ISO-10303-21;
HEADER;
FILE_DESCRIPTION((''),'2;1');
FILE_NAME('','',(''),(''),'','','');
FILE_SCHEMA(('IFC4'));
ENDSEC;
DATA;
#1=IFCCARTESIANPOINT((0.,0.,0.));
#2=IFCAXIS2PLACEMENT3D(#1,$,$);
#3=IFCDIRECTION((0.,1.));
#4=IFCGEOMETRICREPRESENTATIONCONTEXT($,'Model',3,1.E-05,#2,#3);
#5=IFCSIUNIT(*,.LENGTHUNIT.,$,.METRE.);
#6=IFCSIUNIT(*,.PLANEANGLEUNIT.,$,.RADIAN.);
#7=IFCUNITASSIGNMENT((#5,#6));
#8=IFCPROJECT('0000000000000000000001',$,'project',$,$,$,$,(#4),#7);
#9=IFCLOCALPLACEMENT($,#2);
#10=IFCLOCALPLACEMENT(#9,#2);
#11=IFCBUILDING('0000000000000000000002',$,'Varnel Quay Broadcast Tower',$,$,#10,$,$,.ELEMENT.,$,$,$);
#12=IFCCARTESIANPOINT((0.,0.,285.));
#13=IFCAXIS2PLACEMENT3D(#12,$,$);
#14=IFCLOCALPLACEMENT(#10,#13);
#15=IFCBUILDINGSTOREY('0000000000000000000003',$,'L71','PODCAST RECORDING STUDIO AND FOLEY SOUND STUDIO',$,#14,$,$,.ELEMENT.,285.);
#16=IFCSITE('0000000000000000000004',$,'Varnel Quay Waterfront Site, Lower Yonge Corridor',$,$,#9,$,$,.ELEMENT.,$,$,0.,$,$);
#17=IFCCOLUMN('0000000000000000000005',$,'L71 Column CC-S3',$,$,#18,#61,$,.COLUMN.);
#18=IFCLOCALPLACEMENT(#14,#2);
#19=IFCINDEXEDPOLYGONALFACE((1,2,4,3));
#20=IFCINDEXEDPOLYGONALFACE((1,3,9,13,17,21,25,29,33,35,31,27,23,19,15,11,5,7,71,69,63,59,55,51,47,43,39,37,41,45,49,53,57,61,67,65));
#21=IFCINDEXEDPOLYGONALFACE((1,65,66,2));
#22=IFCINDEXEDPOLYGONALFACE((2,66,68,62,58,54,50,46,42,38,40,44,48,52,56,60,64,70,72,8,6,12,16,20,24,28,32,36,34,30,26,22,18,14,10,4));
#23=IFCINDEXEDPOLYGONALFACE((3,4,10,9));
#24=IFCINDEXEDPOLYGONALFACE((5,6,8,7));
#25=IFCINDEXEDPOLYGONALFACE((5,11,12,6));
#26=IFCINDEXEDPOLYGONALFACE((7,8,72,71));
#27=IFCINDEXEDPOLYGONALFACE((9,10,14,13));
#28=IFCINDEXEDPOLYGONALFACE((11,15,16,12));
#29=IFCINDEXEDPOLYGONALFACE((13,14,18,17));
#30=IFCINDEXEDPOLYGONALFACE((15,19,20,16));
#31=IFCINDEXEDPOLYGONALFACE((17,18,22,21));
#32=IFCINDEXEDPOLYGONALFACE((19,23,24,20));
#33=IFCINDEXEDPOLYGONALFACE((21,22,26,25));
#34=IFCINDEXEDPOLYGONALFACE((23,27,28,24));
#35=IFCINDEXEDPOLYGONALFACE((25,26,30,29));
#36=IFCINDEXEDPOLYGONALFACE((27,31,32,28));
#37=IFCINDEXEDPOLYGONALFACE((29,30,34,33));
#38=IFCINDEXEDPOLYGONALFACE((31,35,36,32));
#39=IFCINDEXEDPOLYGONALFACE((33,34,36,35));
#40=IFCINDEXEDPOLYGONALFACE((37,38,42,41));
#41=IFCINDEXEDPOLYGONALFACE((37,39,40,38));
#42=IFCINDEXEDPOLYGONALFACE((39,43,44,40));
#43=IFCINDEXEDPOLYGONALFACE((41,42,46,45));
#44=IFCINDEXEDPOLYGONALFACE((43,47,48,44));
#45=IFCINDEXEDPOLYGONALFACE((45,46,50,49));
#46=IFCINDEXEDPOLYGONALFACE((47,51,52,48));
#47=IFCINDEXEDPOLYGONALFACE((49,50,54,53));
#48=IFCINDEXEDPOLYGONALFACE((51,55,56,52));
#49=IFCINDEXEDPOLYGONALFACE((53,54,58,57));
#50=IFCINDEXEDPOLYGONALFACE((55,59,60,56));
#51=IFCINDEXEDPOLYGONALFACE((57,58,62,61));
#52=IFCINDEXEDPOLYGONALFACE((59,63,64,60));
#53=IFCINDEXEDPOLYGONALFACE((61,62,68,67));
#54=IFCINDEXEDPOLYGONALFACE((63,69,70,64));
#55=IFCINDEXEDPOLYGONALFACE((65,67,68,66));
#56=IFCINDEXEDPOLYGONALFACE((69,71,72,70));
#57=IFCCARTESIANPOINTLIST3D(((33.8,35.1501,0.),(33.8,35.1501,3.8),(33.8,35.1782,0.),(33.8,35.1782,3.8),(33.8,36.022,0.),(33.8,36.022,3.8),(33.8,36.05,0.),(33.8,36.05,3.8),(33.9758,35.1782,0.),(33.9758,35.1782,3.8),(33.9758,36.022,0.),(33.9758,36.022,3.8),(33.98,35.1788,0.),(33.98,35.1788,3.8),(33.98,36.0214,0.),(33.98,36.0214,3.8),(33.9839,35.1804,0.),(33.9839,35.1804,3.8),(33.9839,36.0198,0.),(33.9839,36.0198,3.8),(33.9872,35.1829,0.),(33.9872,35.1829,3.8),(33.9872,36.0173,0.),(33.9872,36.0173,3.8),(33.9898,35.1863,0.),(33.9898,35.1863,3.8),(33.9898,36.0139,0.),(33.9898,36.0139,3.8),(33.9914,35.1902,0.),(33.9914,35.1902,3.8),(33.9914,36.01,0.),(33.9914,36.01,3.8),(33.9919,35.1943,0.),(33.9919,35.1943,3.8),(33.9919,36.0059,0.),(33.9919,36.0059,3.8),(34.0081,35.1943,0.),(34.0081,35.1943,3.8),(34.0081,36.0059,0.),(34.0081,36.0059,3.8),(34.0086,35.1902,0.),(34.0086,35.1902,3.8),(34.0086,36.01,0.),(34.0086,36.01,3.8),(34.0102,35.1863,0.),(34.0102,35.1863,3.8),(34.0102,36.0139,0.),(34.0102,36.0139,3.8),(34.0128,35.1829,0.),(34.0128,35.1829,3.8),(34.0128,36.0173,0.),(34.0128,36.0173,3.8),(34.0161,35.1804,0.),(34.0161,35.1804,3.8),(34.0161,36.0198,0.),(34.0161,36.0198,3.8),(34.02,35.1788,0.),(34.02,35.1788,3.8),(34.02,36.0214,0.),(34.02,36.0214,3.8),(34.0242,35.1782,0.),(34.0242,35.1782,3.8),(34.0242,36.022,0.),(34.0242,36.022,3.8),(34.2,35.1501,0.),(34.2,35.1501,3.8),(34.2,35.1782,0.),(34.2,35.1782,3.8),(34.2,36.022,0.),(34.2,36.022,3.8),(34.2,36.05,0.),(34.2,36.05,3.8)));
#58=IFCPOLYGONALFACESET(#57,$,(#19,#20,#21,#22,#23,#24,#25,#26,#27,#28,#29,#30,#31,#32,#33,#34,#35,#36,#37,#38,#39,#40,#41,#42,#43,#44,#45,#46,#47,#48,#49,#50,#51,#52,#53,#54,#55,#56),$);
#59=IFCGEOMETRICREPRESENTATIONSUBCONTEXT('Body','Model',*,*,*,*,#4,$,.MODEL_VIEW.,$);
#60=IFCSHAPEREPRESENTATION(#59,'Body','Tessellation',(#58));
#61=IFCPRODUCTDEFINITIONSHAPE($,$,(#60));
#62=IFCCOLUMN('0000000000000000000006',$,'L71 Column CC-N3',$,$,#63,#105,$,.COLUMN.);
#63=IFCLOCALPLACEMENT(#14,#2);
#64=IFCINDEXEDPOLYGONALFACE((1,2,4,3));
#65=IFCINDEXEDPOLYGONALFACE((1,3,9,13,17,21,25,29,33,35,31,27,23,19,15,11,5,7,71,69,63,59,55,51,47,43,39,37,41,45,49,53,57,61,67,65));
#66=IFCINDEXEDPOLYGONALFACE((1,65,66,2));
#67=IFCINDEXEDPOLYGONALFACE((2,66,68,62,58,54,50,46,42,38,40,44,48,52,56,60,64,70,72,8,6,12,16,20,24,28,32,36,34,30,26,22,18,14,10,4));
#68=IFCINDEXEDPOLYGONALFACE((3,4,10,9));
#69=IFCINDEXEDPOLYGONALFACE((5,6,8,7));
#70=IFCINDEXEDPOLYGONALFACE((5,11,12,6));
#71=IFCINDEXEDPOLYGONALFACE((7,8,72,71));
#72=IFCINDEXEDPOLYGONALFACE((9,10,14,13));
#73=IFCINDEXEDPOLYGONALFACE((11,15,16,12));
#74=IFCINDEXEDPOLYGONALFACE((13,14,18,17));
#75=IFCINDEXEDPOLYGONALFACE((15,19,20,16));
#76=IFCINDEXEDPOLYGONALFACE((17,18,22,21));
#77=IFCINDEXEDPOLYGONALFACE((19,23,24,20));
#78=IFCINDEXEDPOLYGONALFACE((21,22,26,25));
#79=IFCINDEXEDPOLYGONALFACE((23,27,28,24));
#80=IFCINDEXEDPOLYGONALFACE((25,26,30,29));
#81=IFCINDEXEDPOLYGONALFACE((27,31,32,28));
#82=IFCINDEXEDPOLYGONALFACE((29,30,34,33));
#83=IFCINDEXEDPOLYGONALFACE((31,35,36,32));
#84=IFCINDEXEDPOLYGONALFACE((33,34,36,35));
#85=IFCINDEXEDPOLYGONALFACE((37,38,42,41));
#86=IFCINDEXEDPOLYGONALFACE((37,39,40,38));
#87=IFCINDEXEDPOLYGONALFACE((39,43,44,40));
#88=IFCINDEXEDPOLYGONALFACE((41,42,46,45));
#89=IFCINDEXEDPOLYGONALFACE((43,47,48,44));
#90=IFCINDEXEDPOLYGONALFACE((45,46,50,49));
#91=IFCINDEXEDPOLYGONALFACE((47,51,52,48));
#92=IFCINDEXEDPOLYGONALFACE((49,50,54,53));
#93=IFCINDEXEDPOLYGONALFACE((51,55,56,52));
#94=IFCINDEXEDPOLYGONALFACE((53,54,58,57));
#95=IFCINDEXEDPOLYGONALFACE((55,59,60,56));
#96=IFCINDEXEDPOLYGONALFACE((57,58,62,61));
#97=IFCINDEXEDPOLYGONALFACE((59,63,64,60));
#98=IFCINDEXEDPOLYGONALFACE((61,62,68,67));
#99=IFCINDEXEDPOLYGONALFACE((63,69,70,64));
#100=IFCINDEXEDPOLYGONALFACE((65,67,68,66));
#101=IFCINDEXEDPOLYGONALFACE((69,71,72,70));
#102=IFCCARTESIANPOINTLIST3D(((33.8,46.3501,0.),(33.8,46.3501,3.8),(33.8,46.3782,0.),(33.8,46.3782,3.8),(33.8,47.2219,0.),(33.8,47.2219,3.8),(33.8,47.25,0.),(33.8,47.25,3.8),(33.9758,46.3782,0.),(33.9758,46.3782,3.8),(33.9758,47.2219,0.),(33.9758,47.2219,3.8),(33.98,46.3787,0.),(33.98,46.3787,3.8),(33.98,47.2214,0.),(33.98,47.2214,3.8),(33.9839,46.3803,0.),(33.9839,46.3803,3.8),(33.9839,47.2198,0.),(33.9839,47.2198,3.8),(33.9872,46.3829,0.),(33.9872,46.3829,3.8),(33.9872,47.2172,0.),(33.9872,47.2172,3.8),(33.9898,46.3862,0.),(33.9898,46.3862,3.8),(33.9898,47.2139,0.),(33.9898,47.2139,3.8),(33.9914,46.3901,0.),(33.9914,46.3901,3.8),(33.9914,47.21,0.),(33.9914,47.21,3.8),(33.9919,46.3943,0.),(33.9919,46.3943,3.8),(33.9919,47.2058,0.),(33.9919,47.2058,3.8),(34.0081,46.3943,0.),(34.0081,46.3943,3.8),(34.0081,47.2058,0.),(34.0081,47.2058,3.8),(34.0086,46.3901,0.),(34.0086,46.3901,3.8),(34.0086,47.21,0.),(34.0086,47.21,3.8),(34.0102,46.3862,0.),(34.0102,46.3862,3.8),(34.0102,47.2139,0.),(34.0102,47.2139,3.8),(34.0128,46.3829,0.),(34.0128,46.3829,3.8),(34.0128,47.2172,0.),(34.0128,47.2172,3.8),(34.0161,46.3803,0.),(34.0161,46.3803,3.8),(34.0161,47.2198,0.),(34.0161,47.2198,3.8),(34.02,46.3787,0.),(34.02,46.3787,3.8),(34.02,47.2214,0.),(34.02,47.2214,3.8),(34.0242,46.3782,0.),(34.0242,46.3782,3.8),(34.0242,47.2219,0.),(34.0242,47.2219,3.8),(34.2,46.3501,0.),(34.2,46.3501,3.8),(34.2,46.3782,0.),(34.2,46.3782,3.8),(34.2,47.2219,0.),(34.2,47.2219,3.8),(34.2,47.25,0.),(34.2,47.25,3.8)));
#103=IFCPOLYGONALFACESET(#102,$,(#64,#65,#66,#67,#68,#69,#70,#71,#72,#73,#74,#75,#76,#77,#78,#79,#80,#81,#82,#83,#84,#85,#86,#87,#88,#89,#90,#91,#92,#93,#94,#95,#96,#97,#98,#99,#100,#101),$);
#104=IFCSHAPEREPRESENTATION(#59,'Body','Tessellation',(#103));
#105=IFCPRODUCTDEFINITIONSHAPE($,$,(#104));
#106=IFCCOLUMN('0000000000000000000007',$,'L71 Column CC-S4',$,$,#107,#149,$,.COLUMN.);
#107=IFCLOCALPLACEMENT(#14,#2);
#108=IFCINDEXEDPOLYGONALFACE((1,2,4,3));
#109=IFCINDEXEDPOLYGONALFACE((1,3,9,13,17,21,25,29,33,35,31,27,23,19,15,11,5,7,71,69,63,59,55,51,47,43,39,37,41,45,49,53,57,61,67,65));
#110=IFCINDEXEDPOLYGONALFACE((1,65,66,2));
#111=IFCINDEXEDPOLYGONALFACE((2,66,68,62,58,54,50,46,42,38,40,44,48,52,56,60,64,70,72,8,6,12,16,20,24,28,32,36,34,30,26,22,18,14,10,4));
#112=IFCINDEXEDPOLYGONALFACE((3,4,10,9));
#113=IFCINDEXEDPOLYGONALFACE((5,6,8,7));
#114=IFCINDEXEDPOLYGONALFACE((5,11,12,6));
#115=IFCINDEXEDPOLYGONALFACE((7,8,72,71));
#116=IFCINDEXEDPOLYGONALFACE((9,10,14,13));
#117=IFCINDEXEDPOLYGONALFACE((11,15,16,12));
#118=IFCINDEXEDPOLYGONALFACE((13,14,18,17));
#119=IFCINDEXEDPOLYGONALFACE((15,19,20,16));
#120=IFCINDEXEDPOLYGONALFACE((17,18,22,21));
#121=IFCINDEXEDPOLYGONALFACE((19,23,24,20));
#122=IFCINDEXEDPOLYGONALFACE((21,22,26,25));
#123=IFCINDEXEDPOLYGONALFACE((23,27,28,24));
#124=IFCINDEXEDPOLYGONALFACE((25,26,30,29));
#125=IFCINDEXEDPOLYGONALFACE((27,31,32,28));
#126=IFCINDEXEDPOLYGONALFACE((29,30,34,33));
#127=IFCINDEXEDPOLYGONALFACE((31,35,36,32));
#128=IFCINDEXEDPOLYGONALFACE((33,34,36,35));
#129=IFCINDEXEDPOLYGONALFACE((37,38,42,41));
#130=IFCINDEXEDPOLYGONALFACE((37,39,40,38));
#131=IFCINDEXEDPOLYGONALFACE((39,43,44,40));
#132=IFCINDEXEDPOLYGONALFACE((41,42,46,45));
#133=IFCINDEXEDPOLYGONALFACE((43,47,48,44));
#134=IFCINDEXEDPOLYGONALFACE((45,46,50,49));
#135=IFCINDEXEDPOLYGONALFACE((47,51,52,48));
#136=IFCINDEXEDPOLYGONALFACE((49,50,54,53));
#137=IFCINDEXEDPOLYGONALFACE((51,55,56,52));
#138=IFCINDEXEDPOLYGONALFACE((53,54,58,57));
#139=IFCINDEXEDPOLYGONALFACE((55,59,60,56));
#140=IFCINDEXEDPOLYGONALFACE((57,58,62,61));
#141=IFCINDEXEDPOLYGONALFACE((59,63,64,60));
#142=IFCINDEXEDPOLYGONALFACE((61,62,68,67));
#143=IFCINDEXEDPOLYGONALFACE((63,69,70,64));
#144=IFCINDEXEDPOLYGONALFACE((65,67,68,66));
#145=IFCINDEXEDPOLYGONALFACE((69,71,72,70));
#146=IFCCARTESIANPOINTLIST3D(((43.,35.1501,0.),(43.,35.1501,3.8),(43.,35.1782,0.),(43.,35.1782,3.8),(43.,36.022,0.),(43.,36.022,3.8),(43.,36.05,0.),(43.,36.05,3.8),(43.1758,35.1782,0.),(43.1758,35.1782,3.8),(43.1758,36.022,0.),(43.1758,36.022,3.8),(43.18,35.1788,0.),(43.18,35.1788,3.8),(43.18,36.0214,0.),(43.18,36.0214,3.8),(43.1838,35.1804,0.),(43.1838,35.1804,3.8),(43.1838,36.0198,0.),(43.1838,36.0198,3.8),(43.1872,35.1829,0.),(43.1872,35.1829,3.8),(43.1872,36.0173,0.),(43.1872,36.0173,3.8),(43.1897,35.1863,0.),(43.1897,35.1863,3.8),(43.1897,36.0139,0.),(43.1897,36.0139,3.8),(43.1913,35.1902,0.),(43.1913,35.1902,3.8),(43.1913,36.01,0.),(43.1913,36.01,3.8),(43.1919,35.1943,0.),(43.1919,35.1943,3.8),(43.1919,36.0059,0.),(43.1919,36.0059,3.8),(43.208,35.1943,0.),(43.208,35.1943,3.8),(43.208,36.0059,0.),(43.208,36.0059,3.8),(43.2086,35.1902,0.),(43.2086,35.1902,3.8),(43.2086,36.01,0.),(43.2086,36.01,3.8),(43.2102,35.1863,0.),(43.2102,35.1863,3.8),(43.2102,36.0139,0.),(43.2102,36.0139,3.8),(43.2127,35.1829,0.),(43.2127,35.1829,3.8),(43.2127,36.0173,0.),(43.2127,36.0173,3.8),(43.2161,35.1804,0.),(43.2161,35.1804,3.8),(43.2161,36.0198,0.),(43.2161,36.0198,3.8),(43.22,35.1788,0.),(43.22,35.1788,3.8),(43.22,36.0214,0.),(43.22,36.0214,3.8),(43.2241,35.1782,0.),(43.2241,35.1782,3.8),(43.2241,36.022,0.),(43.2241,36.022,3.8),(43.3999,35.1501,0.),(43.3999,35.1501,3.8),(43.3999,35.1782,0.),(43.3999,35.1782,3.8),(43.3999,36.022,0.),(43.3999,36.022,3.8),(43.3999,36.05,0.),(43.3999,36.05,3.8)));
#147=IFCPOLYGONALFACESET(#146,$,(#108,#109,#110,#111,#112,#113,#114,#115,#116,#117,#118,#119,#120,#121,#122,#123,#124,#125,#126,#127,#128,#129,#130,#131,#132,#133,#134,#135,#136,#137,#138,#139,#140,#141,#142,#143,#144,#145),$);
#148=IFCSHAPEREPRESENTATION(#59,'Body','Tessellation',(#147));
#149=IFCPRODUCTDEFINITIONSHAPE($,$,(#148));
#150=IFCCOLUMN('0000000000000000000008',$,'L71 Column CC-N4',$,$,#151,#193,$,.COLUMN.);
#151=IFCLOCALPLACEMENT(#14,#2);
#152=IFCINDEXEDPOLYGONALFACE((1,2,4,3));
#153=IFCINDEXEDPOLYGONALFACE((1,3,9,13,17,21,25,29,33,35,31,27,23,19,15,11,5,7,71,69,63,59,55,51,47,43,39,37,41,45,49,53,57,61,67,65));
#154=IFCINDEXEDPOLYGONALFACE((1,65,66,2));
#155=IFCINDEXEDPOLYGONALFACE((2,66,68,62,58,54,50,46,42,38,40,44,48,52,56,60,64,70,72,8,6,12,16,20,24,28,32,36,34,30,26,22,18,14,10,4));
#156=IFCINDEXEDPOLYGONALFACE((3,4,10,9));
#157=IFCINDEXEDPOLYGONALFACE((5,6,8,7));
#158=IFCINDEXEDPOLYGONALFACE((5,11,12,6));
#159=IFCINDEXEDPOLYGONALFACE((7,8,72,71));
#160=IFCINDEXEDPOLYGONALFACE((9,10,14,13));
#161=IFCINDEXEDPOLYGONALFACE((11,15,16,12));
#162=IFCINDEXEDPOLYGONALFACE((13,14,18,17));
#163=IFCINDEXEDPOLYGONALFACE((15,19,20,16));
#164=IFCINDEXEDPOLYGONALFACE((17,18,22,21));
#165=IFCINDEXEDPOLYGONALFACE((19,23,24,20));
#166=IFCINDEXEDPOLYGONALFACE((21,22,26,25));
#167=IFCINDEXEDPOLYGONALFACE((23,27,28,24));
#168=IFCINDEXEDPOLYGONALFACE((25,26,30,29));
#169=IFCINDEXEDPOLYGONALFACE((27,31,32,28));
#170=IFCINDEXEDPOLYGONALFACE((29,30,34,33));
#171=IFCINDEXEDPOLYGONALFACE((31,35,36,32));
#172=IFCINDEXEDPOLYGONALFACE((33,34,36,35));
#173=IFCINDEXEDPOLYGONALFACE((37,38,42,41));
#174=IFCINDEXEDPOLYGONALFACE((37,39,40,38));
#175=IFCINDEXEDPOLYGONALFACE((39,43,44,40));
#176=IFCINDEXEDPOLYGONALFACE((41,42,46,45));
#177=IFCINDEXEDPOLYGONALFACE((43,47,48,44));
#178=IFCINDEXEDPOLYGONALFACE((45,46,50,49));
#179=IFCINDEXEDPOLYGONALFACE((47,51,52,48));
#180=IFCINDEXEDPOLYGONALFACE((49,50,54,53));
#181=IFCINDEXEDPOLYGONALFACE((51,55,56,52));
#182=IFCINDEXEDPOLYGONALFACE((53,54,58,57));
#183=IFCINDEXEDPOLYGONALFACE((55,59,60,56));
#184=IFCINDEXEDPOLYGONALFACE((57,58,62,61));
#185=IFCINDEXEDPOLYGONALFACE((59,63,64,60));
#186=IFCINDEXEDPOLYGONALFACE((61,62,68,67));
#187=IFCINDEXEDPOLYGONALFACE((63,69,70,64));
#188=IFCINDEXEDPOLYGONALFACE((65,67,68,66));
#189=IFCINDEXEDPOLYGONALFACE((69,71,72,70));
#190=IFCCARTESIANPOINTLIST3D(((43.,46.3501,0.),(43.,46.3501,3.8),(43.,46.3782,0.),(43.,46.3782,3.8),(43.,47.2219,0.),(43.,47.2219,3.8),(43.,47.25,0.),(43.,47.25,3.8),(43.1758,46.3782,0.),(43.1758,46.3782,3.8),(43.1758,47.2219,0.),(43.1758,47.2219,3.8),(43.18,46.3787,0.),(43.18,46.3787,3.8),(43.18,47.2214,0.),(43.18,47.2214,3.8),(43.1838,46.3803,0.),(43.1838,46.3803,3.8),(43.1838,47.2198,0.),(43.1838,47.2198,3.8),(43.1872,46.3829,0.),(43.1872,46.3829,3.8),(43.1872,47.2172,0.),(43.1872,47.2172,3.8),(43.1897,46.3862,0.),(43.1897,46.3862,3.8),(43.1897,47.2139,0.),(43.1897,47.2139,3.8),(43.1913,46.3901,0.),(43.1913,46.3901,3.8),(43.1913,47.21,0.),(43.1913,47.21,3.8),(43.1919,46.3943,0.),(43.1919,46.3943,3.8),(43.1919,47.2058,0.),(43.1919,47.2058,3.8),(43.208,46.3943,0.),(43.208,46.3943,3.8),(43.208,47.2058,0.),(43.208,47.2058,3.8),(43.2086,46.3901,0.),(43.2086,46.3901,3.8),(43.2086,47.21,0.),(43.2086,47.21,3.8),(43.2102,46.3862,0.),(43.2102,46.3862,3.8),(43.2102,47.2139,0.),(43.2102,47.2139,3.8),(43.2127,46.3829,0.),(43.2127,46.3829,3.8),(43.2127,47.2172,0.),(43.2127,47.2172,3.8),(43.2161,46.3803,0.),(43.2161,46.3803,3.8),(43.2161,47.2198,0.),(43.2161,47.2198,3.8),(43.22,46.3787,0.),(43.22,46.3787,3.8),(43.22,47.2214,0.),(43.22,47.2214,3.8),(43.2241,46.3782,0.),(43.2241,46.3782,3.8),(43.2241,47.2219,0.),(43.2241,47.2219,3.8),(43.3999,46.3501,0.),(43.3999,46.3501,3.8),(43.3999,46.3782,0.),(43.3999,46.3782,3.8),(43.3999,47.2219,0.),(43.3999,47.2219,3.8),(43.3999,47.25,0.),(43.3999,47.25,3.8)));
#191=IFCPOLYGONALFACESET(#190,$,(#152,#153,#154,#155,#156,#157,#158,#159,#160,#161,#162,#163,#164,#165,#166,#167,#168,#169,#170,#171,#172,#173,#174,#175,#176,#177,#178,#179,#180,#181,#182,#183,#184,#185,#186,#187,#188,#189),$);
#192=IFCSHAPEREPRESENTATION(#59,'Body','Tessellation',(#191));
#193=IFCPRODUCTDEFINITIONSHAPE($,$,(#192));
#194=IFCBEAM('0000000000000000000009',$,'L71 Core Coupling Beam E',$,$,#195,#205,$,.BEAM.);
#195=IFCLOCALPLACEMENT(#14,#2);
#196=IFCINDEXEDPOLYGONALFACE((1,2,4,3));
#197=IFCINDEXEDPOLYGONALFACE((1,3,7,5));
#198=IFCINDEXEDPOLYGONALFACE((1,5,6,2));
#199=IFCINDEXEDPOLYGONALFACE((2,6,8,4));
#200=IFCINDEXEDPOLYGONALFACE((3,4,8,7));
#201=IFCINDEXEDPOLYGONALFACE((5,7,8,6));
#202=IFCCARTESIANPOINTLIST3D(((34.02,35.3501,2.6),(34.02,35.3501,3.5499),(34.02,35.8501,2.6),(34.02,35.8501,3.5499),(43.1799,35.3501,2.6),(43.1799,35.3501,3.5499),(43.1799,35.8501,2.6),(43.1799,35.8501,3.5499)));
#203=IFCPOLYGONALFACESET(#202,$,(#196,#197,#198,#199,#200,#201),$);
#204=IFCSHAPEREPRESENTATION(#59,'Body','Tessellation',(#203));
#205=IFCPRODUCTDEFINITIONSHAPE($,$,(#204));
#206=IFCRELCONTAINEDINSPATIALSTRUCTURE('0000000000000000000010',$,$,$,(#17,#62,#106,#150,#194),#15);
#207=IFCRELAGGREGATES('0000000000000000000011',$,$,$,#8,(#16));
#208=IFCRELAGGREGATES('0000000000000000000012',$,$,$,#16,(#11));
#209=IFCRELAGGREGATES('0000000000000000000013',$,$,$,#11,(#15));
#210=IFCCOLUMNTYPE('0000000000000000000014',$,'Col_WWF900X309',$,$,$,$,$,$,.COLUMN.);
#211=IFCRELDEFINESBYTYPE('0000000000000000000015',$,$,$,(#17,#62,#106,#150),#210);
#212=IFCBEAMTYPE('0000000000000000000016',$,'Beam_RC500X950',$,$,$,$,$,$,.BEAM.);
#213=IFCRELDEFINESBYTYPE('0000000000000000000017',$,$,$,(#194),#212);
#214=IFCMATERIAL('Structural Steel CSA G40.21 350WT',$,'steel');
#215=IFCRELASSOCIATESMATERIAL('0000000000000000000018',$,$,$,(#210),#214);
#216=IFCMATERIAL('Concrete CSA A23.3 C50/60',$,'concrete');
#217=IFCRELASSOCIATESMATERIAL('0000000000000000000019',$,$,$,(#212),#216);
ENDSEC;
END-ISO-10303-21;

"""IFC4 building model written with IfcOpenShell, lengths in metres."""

from ifc_helpers import new_model, si_unit, direction, frame, origin, origin_2d, place, context, subcontext, project, spatial, rectangle, i_section, extrude, source, transform, mapped, material, material_profile, profile_set, type_object, type_shapes, element, save


model = new_model("IFC4")

# Units and contexts
model_context = context("Model", 3, precision=1e-05, world=origin(), true_north=direction((0.0, 1.0)))
body_context = subcontext(model_context, "Body", "Model", "MODEL_VIEW")
ifc_project = project(units=[si_unit("LENGTHUNIT", "METRE"), si_unit("PLANEANGLEUNIT", "RADIAN")], contexts=[model_context])

# Site, building, storey
site_placement = place(None, origin())
site = spatial("IfcSite", under=ifc_project, at=site_placement, Name="Varnel Quay Waterfront Site, Lower Yonge Corridor", CompositionType="ELEMENT", RefElevation=0.0)
building_placement = place(site_placement, origin())
building = spatial("IfcBuilding", under=site, at=building_placement, Name="Varnel Quay Broadcast Tower", CompositionType="ELEMENT")
storey_placement = place(building_placement, frame((0.0, 0.0, 285.0)))
storey = spatial("IfcBuildingStorey", under=building, at=storey_placement, Name="L71", Description="PODCAST RECORDING STUDIO AND FOLEY SOUND STUDIO", CompositionType="ELEMENT", Elevation=285.0)

# Columns
ifc_material_1 = material(Name="Structural Steel CSA G40.21 350WT", Category="steel")
ifc_material_profile_1 = material_profile(ifc_material_1, i_section(OverallWidth=0.3999, OverallDepth=0.8999, WebThickness=0.0161, FlangeThickness=0.0281, FilletRadius=0.0161, at=origin_2d()), Name="WWF900X309")
ifc_profile_set_1 = profile_set([ifc_material_profile_1], Name="Structural Steel CSA G40.21 350WT")
column_type = type_object("IfcColumnType", Name="Col_WWF900X309", PredefinedType="COLUMN", material=ifc_profile_set_1)
shared_shape_1 = source(origin(), body_context, "Body", "SweptSolid", [
    extrude(i_section(OverallWidth=0.3999, OverallDepth=0.8999, WebThickness=0.0161, FlangeThickness=0.0281, FilletRadius=0.0161, at=origin_2d()), origin(), (0.0, 0.0, 1.0), 3.8),
])
type_shapes(column_type, [shared_shape_1])
for number, where, z_axis, x_axis, name in (
    (1, (34.0, 35.6001, 0.0), (0.0, 0.0, 1.0), (1.0, 0.0, 0.0), "L71 Column CC-S3"),
    (2, (34.0, 46.8, 0.0), (0.0, 0.0, 1.0), (1.0, 0.0, 0.0), "L71 Column CC-N3"),
    (3, (43.2, 35.6001, 0.0), (0.0, 0.0, 1.0), (1.0, 0.0, 0.0), "L71 Column CC-S4"),
    (4, (43.2, 46.8, 0.0), (0.0, 0.0, 1.0), (1.0, 0.0, 0.0), "L71 Column CC-N4"),
):
    element("IfcColumn", number, at=place(storey_placement, frame(where, z_axis=z_axis, x_axis=x_axis)), inside=storey, type_object=column_type, Name=name, PredefinedType="COLUMN", context=body_context, shape_type="MappedRepresentation", body=[
        mapped(shared_shape_1, transform((0.0, 0.0, 0.0), x_axis=(1.0, 0.0, 0.0), y_axis=(0.0, 1.0, 0.0), z_axis=(0.0, 0.0, 1.0), scale=1.0)),
    ])

# Beam
ifc_material_2 = material(Name="Concrete CSA A23.3 C50/60", Category="concrete")
ifc_material_profile_2 = material_profile(ifc_material_2, rectangle(XDim=0.5, YDim=0.95, at=origin_2d()), Name="RC500X950")
ifc_profile_set_2 = profile_set([ifc_material_profile_2], Name="Concrete CSA A23.3 C50/60")
beam_type = type_object("IfcBeamType", Name="Beam_RC500X950", PredefinedType="BEAM", material=ifc_profile_set_2)
shared_shape_2 = source(origin(), body_context, "Body", "SweptSolid", [
    extrude(rectangle(XDim=0.5, YDim=0.95, at=origin_2d()), origin(), (0.0, 0.0, 1.0), 9.1599),
])
type_shapes(beam_type, [shared_shape_2])
beam_placement = place(storey_placement, frame((34.02, 35.6001, 3.075), z_axis=(1.0, 0.0, 0.0), x_axis=(0.0, 1.0, 0.0)))
element("IfcBeam", 5, at=beam_placement, inside=storey, type_object=beam_type, Name="L71 Core Coupling Beam E", PredefinedType="BEAM", context=body_context, shape_type="MappedRepresentation", body=[
    mapped(shared_shape_2, transform((0.0, 0.0, 0.0), x_axis=(1.0, 0.0, 0.0), y_axis=(0.0, 1.0, 0.0), z_axis=(0.0, 0.0, 1.0), scale=1.0)),
])

save(model, "model.ifc")
